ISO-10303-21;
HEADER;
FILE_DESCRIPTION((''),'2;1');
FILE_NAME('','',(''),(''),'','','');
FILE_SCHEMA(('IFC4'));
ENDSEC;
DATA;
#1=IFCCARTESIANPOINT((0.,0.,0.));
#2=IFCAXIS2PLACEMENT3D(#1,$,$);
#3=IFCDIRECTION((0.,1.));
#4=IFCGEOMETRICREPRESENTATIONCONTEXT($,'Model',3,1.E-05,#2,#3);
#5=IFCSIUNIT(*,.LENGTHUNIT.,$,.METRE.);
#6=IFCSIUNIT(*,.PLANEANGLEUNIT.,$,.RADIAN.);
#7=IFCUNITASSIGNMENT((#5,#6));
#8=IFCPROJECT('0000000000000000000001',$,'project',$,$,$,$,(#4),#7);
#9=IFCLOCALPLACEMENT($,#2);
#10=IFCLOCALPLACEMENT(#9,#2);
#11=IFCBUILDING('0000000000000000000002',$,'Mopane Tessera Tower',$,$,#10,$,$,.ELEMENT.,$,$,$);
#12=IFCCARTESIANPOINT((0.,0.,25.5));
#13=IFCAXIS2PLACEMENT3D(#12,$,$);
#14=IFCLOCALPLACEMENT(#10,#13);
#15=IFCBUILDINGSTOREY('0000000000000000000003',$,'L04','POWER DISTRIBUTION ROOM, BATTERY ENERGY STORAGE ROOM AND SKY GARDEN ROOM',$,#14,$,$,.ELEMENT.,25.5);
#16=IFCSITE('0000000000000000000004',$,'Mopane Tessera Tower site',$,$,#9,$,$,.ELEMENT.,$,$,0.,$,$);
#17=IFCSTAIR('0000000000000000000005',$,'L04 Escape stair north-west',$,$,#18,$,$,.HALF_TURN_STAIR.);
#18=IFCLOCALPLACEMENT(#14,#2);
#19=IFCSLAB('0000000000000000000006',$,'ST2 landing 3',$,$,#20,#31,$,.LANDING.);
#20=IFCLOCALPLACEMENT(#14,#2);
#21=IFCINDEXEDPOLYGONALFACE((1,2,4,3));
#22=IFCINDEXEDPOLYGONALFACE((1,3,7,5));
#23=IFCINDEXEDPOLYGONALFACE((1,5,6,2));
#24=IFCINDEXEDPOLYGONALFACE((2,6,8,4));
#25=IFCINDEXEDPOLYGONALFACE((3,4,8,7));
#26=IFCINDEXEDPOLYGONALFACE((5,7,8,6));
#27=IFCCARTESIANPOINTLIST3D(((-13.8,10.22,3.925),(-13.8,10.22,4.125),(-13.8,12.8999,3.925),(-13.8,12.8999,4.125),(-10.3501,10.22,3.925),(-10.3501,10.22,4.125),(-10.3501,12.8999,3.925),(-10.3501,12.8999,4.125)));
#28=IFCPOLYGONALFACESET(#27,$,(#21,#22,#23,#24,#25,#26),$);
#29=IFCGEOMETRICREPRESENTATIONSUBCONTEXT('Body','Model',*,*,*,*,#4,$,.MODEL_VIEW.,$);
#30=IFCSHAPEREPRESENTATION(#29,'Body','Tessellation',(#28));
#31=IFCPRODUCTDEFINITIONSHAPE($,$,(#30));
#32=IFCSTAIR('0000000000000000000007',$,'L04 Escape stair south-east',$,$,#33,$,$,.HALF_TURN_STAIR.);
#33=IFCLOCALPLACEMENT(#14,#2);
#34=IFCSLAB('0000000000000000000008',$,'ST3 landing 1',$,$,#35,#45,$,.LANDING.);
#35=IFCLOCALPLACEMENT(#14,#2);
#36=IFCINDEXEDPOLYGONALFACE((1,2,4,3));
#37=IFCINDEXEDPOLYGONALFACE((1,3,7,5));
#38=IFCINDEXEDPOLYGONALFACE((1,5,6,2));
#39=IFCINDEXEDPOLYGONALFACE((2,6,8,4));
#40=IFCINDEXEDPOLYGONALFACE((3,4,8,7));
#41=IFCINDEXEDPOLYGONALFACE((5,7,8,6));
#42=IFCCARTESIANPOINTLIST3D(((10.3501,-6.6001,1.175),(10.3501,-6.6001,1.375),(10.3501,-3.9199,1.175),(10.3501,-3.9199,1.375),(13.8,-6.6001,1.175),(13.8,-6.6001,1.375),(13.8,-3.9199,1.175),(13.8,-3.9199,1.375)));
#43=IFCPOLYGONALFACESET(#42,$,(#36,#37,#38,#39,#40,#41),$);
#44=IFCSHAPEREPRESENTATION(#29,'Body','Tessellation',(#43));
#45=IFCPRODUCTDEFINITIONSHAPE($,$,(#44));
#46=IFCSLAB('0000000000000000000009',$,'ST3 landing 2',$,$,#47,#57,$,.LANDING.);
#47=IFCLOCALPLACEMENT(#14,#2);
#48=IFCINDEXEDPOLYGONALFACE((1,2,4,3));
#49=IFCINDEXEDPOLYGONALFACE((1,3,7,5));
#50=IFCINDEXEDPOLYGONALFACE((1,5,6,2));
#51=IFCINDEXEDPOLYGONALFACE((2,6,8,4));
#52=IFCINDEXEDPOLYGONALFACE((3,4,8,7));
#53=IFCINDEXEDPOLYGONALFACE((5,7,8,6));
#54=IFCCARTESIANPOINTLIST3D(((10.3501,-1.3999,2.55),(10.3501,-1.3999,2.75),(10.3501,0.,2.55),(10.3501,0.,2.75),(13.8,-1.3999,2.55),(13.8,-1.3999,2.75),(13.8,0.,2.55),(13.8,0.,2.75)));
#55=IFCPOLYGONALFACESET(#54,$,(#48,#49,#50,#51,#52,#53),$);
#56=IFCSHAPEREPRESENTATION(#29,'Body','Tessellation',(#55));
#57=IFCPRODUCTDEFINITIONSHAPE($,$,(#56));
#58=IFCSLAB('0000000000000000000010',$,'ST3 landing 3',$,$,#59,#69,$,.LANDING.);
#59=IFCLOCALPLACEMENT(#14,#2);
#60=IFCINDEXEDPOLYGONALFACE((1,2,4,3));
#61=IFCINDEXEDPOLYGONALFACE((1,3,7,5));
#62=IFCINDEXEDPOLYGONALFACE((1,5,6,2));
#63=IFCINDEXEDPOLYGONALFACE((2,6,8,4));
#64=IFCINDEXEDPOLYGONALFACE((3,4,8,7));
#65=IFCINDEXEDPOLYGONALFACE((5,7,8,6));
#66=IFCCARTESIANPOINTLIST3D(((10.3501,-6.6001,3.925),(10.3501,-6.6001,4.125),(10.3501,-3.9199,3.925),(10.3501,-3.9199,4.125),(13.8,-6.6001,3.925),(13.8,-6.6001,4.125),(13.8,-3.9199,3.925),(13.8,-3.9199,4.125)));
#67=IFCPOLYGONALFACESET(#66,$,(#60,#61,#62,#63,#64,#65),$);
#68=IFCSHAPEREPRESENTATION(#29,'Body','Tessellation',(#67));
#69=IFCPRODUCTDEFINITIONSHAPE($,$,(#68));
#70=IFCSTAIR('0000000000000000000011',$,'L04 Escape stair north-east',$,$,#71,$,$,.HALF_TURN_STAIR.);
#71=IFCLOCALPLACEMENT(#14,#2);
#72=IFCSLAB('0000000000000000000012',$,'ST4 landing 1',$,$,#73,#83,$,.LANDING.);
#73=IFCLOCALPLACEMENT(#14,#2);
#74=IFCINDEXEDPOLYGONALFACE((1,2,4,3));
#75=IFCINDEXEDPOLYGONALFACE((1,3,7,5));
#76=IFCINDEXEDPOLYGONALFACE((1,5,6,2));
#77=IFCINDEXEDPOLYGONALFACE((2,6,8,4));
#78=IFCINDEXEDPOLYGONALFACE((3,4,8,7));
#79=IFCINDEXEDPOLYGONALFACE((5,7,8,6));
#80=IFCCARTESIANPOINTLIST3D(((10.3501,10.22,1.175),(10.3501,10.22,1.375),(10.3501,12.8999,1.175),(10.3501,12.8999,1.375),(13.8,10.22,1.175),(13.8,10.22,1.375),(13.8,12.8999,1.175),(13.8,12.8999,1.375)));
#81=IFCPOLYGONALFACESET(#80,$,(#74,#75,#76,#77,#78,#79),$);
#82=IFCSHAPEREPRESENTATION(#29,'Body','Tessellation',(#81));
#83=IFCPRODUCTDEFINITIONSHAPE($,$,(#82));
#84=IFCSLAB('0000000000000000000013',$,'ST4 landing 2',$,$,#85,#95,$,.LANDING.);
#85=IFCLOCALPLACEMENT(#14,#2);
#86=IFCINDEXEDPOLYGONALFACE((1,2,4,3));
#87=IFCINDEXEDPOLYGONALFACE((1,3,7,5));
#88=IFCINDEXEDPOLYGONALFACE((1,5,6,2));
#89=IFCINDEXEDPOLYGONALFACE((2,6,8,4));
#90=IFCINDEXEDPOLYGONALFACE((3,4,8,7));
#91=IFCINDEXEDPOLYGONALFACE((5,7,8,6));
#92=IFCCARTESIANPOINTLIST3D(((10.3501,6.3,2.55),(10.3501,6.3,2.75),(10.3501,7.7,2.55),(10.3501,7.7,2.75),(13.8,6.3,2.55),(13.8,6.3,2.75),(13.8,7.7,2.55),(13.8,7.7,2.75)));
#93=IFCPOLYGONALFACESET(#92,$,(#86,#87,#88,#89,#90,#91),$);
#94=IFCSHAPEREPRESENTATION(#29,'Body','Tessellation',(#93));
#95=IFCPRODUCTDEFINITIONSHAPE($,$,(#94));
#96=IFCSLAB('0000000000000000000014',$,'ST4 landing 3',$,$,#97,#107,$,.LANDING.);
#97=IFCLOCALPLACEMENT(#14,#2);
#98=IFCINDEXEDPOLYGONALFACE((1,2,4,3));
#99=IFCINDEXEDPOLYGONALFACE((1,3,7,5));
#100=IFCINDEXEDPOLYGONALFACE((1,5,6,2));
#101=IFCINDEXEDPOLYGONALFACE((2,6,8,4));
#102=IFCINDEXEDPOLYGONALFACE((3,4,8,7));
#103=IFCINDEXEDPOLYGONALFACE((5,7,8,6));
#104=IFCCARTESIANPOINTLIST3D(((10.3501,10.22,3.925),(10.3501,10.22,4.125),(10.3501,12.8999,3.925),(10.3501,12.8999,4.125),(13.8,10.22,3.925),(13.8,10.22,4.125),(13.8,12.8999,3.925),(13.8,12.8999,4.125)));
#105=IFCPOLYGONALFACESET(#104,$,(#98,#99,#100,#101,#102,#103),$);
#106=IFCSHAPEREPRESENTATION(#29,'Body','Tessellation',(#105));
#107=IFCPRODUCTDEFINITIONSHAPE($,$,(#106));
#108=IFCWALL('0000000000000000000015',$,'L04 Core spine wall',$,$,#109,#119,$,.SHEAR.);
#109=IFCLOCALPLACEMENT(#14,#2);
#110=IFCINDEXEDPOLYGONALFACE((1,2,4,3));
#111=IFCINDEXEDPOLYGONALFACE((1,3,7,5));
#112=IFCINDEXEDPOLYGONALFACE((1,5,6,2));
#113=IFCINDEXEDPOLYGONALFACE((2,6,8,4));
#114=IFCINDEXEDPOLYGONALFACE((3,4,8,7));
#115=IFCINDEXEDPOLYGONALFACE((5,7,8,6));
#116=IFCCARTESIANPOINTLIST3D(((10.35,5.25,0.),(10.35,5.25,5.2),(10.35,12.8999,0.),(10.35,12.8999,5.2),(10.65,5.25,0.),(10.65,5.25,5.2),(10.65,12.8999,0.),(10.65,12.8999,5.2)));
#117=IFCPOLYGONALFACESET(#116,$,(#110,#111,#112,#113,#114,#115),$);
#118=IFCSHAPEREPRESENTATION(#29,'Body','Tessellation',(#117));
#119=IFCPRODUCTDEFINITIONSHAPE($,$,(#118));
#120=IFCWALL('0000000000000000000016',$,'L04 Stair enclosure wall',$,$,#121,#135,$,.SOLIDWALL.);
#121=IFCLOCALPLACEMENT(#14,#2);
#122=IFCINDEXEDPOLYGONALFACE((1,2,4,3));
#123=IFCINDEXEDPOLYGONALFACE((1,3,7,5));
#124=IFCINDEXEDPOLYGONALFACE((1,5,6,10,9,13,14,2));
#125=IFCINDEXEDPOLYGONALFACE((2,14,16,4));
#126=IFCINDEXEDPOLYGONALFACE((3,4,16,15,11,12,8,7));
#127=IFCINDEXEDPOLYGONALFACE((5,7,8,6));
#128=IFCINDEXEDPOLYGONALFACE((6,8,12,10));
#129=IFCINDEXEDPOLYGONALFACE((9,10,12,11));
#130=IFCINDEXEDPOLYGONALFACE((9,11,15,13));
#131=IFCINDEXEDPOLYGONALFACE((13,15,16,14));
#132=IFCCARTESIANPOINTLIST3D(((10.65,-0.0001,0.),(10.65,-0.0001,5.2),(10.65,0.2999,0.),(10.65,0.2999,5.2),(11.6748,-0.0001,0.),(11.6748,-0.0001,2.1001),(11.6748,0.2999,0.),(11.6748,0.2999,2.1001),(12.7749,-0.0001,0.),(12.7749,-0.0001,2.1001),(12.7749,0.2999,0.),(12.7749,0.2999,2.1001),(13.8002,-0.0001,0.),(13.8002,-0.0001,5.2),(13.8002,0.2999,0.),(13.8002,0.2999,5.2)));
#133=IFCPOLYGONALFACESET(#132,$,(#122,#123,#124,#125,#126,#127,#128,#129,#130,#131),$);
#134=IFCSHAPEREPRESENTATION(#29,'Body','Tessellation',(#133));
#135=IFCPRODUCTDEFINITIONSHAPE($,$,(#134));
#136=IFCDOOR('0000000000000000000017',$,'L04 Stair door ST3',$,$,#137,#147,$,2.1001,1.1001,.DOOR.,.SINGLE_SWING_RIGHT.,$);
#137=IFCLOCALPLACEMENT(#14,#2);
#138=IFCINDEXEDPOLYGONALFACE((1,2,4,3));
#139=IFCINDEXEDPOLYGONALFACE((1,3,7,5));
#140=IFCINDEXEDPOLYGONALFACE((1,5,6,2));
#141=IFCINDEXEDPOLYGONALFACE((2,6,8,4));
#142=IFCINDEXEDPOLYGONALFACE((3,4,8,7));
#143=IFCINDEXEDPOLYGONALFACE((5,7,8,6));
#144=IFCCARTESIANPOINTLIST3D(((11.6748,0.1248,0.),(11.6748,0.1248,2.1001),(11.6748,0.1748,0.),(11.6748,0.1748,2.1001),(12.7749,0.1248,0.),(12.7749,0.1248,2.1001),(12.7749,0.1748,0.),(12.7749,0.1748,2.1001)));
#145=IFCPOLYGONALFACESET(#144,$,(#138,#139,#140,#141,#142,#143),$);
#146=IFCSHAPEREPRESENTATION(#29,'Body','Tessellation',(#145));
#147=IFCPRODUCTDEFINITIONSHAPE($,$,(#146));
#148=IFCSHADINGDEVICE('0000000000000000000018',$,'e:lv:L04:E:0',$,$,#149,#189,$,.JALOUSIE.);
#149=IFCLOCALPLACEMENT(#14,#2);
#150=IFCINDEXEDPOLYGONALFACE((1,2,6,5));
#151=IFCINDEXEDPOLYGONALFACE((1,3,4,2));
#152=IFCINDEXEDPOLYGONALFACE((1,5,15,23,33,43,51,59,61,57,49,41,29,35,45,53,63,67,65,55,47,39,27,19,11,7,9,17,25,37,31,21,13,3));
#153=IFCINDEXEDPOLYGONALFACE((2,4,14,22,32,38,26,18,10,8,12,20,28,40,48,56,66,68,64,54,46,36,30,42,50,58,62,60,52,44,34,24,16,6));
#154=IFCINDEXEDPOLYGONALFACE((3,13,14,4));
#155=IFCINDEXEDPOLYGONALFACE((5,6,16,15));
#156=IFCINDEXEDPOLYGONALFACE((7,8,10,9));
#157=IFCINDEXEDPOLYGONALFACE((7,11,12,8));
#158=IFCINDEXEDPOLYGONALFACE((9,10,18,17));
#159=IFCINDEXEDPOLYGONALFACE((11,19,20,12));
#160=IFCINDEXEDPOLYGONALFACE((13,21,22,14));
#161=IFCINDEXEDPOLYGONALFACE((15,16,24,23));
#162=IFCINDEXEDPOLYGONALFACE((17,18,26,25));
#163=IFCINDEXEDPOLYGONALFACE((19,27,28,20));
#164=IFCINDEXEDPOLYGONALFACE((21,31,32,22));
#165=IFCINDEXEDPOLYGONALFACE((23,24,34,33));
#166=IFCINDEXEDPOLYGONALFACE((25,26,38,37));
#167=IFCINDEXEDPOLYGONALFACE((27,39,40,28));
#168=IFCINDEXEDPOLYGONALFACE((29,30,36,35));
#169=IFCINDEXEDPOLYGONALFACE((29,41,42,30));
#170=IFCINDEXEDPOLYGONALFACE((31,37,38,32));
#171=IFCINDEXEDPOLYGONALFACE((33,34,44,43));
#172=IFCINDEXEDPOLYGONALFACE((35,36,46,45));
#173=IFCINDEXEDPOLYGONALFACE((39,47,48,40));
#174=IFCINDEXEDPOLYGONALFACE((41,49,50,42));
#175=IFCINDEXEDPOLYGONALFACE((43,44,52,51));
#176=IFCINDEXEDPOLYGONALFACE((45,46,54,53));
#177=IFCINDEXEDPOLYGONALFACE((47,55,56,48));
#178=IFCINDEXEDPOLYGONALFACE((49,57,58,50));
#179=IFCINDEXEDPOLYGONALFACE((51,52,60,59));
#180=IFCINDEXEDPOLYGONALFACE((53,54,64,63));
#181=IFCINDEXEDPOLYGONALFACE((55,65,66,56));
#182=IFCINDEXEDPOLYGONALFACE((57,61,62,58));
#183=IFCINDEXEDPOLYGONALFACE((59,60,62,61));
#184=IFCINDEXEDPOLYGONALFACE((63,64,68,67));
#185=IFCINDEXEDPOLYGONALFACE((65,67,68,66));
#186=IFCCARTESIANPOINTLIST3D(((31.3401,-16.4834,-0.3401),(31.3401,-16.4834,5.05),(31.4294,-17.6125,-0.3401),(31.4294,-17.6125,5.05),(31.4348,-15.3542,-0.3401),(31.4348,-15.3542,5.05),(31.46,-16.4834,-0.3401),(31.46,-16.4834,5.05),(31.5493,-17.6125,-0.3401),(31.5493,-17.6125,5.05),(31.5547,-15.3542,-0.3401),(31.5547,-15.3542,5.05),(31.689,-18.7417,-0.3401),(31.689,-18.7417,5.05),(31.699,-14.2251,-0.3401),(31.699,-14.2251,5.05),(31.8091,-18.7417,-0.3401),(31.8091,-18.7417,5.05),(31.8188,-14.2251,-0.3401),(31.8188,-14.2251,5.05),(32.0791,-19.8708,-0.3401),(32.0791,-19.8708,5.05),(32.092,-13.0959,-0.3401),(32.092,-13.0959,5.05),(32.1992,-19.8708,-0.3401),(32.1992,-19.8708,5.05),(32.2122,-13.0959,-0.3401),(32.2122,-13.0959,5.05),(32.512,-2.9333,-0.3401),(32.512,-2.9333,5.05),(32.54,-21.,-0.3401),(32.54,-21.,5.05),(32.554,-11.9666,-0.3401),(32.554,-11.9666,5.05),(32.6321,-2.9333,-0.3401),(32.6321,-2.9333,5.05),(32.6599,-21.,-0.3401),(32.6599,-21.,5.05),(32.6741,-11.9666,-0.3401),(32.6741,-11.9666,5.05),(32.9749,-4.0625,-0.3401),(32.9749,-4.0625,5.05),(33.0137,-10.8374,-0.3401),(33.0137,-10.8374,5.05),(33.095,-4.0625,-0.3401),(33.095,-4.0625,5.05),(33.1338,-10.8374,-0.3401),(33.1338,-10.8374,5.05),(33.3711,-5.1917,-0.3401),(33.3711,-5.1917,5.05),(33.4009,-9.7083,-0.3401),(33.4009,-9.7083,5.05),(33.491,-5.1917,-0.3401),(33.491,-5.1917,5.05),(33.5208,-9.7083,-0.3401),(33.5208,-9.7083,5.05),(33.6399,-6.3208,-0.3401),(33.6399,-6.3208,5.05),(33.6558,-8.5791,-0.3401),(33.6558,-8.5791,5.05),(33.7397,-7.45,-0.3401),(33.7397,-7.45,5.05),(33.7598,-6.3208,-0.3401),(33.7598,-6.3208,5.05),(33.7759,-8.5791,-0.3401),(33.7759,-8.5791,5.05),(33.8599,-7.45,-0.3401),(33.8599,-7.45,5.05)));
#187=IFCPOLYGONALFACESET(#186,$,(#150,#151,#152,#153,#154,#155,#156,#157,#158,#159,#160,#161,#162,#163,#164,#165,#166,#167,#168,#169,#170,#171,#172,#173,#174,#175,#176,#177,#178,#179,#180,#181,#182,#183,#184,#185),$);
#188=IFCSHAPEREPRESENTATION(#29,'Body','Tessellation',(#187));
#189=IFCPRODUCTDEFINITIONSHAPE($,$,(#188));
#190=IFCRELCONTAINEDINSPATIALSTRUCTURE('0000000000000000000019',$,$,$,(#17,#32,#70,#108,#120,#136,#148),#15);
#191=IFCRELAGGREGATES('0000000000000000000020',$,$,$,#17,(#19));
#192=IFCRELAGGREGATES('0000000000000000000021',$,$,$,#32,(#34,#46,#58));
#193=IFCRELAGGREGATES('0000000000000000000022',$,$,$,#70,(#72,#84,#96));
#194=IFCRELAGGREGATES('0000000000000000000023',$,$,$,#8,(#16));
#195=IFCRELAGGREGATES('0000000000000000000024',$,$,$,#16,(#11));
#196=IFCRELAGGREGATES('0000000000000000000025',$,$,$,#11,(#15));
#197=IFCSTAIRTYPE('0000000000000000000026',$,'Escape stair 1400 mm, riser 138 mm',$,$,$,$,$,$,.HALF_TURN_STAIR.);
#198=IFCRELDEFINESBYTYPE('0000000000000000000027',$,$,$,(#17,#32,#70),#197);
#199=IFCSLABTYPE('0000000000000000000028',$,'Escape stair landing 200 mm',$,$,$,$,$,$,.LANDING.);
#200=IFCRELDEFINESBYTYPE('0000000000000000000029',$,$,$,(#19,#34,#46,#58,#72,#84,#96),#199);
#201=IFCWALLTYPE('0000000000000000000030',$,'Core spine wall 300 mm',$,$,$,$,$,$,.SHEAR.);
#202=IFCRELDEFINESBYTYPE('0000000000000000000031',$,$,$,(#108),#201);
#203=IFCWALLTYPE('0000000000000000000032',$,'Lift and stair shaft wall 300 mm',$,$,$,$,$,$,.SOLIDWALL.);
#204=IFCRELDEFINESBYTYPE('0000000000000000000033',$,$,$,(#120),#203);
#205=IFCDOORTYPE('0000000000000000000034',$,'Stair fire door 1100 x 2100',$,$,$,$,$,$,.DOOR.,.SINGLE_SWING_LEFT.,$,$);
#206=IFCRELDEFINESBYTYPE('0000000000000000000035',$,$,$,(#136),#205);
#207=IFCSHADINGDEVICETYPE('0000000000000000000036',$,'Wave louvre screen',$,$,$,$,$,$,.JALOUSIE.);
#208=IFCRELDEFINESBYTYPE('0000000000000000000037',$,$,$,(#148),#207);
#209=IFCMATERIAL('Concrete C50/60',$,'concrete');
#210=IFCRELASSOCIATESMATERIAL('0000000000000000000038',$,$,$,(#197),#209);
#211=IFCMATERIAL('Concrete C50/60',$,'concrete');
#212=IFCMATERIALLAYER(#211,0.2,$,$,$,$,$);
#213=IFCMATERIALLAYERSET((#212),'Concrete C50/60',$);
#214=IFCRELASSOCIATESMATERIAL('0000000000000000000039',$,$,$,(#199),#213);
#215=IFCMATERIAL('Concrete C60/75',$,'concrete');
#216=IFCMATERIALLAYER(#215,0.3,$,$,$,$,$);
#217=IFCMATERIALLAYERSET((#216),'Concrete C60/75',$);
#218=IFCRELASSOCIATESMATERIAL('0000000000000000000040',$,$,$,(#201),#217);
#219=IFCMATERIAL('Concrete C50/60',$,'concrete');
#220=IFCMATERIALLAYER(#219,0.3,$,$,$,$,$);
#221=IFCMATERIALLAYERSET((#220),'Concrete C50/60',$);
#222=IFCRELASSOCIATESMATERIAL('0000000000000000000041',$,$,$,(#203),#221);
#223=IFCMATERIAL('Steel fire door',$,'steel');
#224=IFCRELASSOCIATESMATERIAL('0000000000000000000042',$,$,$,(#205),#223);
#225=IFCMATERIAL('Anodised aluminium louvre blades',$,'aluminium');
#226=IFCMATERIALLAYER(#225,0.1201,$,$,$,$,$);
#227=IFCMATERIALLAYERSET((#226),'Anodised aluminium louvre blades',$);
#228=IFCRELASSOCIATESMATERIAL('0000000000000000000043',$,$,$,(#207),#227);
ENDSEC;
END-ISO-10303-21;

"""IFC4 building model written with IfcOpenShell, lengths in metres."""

from ifc_helpers import new_model, si_unit, direction, frame, frame_2d, origin, place, context, subcontext, project, spatial, polyline, rectangle, outline, extrude, material, layer, layer_set, type_object, element, fill, aggregate, save


model = new_model("IFC4")

# Units and contexts
model_context = context("Model", 3, precision=1e-05, world=origin(), true_north=direction((0.0, 1.0)))
body_context = subcontext(model_context, "Body", "Model", "MODEL_VIEW")
ifc_project = project(units=[si_unit("LENGTHUNIT", "METRE"), si_unit("PLANEANGLEUNIT", "RADIAN")], contexts=[model_context])

# Site, building, storey
site_placement = place(None, origin())
site = spatial("IfcSite", under=ifc_project, at=site_placement, Name="Mopane Tessera Tower site", CompositionType="ELEMENT", RefElevation=0.0)
building_placement = place(site_placement, origin())
building = spatial("IfcBuilding", under=site, at=building_placement, Name="Mopane Tessera Tower", CompositionType="ELEMENT")
storey_placement = place(building_placement, frame((0.0, 0.0, 25.5)))
storey = spatial("IfcBuildingStorey", under=building, at=storey_placement, Name="L04", Description="POWER DISTRIBUTION ROOM, BATTERY ENERGY STORAGE ROOM AND SKY GARDEN ROOM", CompositionType="ELEMENT", Elevation=25.5)

# Stairs, slabs
ifc_material_1 = material(Name="Concrete C50/60", Category="concrete")
stair_type = type_object("IfcStairType", Name="Escape stair 1400 mm, riser 138 mm", PredefinedType="HALF_TURN_STAIR", material=ifc_material_1)
ifc_material_2 = material(Name="Concrete C50/60", Category="concrete")
ifc_layer_1 = layer(ifc_material_2, 0.2)
ifc_layer_set_1 = layer_set([ifc_layer_1], Name="Concrete C50/60")
slab_type_1 = type_object("IfcSlabType", Name="Escape stair landing 200 mm", PredefinedType="LANDING", material=ifc_layer_set_1)
stair_1_placement = place(storey_placement, origin())
stair_1 = element("IfcStair", 1, at=stair_1_placement, inside=storey, type_object=stair_type, Name="L04 Escape stair north-west", PredefinedType="HALF_TURN_STAIR")
slab_1_placement = place(storey_placement, frame((0.0, 0.0, 3.925)))
slab_1 = element("IfcSlab", 2, at=slab_1_placement, type_object=slab_type_1, Name="ST2 landing 3", PredefinedType="LANDING", context=body_context, shape_type="SweptSolid", body=[
    extrude(outline(polyline([(-10.3501, 10.22), (-10.3501, 12.8999), (-13.8, 12.8999), (-13.8, 10.22), (-10.3501, 10.22)])), origin(), (0.0, 0.0, 1.0), 0.2),
])
aggregate(stair_1, [slab_1])
stair_2_placement = place(storey_placement, origin())
stair_2 = element("IfcStair", 3, at=stair_2_placement, inside=storey, type_object=stair_type, Name="L04 Escape stair south-east", PredefinedType="HALF_TURN_STAIR")
slab_2_placement = place(storey_placement, frame((0.0, 0.0, 1.175)))
slab_2 = element("IfcSlab", 4, at=slab_2_placement, type_object=slab_type_1, Name="ST3 landing 1", PredefinedType="LANDING", context=body_context, shape_type="SweptSolid", body=[
    extrude(outline(polyline([(10.3501, -3.9199), (10.3501, -6.6001), (13.8, -6.6001), (13.8, -3.9199), (10.3501, -3.9199)])), origin(), (0.0, 0.0, 1.0), 0.2),
])
slab_3_placement = place(storey_placement, frame((0.0, 0.0, 2.55)))
slab_3 = element("IfcSlab", 5, at=slab_3_placement, type_object=slab_type_1, Name="ST3 landing 2", PredefinedType="LANDING", context=body_context, shape_type="SweptSolid", body=[
    extrude(outline(polyline([(10.3501, 0.0), (10.3501, -1.3999), (13.8, -1.3999), (13.8, 0.0), (10.3501, 0.0)])), origin(), (0.0, 0.0, 1.0), 0.2),
])
slab_4_placement = place(storey_placement, frame((0.0, 0.0, 3.925)))
slab_4 = element("IfcSlab", 6, at=slab_4_placement, type_object=slab_type_1, Name="ST3 landing 3", PredefinedType="LANDING", context=body_context, shape_type="SweptSolid", body=[
    extrude(outline(polyline([(10.3501, -3.9199), (10.3501, -6.6001), (13.8, -6.6001), (13.8, -3.9199), (10.3501, -3.9199)])), origin(), (0.0, 0.0, 1.0), 0.2),
])
aggregate(stair_2, [slab_2, slab_3, slab_4])
stair_3_placement = place(storey_placement, origin())
stair_3 = element("IfcStair", 7, at=stair_3_placement, inside=storey, type_object=stair_type, Name="L04 Escape stair north-east", PredefinedType="HALF_TURN_STAIR")
slab_5_placement = place(storey_placement, frame((0.0, 0.0, 1.175)))
slab_5 = element("IfcSlab", 8, at=slab_5_placement, type_object=slab_type_1, Name="ST4 landing 1", PredefinedType="LANDING", context=body_context, shape_type="SweptSolid", body=[
    extrude(outline(polyline([(13.8, 10.22), (13.8, 12.8999), (10.3501, 12.8999), (10.3501, 10.22), (13.8, 10.22)])), origin(), (0.0, 0.0, 1.0), 0.2),
])
slab_6_placement = place(storey_placement, frame((0.0, 0.0, 2.55)))
slab_6 = element("IfcSlab", 9, at=slab_6_placement, type_object=slab_type_1, Name="ST4 landing 2", PredefinedType="LANDING", context=body_context, shape_type="SweptSolid", body=[
    extrude(outline(polyline([(13.8, 6.3), (13.8, 7.7), (10.3501, 7.7), (10.3501, 6.3), (13.8, 6.3)])), origin(), (0.0, 0.0, 1.0), 0.2),
])
slab_7_placement = place(storey_placement, frame((0.0, 0.0, 3.925)))
slab_7 = element("IfcSlab", 10, at=slab_7_placement, type_object=slab_type_1, Name="ST4 landing 3", PredefinedType="LANDING", context=body_context, shape_type="SweptSolid", body=[
    extrude(outline(polyline([(13.8, 10.22), (13.8, 12.8999), (10.3501, 12.8999), (10.3501, 10.22), (13.8, 10.22)])), origin(), (0.0, 0.0, 1.0), 0.2),
])
aggregate(stair_3, [slab_5, slab_6, slab_7])

# Wall
ifc_material_3 = material(Name="Concrete C60/75", Category="concrete")
ifc_layer_2 = layer(ifc_material_3, 0.3)
ifc_layer_set_2 = layer_set([ifc_layer_2], Name="Concrete C60/75")
wall_type_1 = type_object("IfcWallType", Name="Core spine wall 300 mm", PredefinedType="SHEAR", material=ifc_layer_set_2)
wall_1_placement = place(storey_placement, frame((10.5, 5.25, 0.0), z_axis=(0.0, 0.0, 1.0), x_axis=(0.0, 1.0, 0.0)))
element("IfcWall", 11, at=wall_1_placement, inside=storey, type_object=wall_type_1, Name="L04 Core spine wall", PredefinedType="SHEAR", context=body_context, shape_type="SweptSolid", body=[
    extrude(rectangle(XDim=7.6499, YDim=0.3, at=frame_2d((3.825, 0.0))), origin(), (0.0, 0.0, 1.0), 5.2),
])

# Wall, opening, door
ifc_material_4 = material(Name="Concrete C50/60", Category="concrete")
ifc_layer_3 = layer(ifc_material_4, 0.3)
ifc_layer_set_3 = layer_set([ifc_layer_3], Name="Concrete C50/60")
wall_type_2 = type_object("IfcWallType", Name="Lift and stair shaft wall 300 mm", PredefinedType="SOLIDWALL", material=ifc_layer_set_3)
wall_2_placement = place(storey_placement, frame((10.6499, 0.1499, 0.0), z_axis=(0.0, 0.0, 1.0), x_axis=(1.0, 0.0, 0.0)))
wall_2 = element("IfcWall", 12, at=wall_2_placement, inside=storey, type_object=wall_type_2, Name="L04 Stair enclosure wall", PredefinedType="SOLIDWALL", context=body_context, shape_type="SweptSolid", body=[
    extrude(rectangle(XDim=3.1501, YDim=0.3, at=frame_2d((1.5752, 0.0))), origin(), (0.0, 0.0, 1.0), 5.2),
])
opening_placement = place(wall_2_placement, frame((1.0249, 0.0, 0.0)))
opening = element("IfcOpeningElement", 13, at=opening_placement, cuts=wall_2, PredefinedType="OPENING", context=body_context, shape_type="SweptSolid", body=[
    extrude(rectangle(XDim=1.1001, YDim=2.1001, at=frame_2d((0.55, 1.05))), frame((0.0, 0.1621, 0.0), z_axis=(0.0, -1.0, 0.0), x_axis=(1.0, 0.0, 0.0)), (0.0, 0.0, 1.0), 0.324),
])
ifc_material_5 = material(Name="Steel fire door", Category="steel")
door_type = type_object("IfcDoorType", Name="Stair fire door 1100 x 2100", OperationType="SINGLE_SWING_LEFT", PredefinedType="DOOR", material=ifc_material_5)
door_placement = place(opening_placement, origin())
door = element("IfcDoor", 14, at=door_placement, inside=storey, type_object=door_type, Name="L04 Stair door ST3", OperationType="SINGLE_SWING_RIGHT", OverallHeight=2.1001, OverallWidth=1.1001, PredefinedType="DOOR", context=body_context, shape_type="SweptSolid", body=[
    extrude(rectangle(XDim=1.1001, YDim=2.1001, at=frame_2d((0.55, 1.05))), frame((0.0, 0.0249, 0.0), z_axis=(0.0, -1.0, 0.0), x_axis=(1.0, 0.0, 0.0)), (0.0, 0.0, 1.0), 0.05),
])
fill(opening, door)

# Shading device
ifc_material_6 = material(Name="Anodised aluminium louvre blades", Category="aluminium")
ifc_layer_4 = layer(ifc_material_6, 0.1201)
ifc_layer_set_4 = layer_set([ifc_layer_4], Name="Anodised aluminium louvre blades")
shading_device_type = type_object("IfcShadingDeviceType", Name="Wave louvre screen", PredefinedType="JALOUSIE", material=ifc_layer_set_4)
shading_device_1_placement = place(storey_placement, frame((0.0, 0.0, -0.3401)))
element("IfcShadingDevice", 15, at=shading_device_1_placement, inside=storey, type_object=shading_device_type, Name="e:lv:L04:E:0", PredefinedType="JALOUSIE", context=body_context, shape_type="SweptSolid", body=[
    extrude(outline(polyline([(32.54, -21.0), (32.0791, -19.8708), (31.689, -18.7417), (31.4294, -17.6125), (31.3401, -16.4834), (31.4348, -15.3542), (31.699, -14.2251), (32.092, -13.0959), (32.554, -11.9666), (33.0137, -10.8374), (33.4009, -9.7083), (33.6558, -8.5791), (33.7397, -7.45), (33.6399, -6.3208), (33.3711, -5.1917), (32.9749, -4.0625), (32.512, -2.9333), (32.6321, -2.9333), (33.095, -4.0625), (33.491, -5.1917), (33.7598, -6.3208), (33.8599, -7.45), (33.7759, -8.5791), (33.5208, -9.7083), (33.1338, -10.8374), (32.6741, -11.9666), (32.2122, -13.0959), (31.8188, -14.2251), (31.5547, -15.3542), (31.46, -16.4834), (31.5493, -17.6125), (31.8091, -18.7417), (32.1992, -19.8708), (32.6599, -21.0), (32.54, -21.0)])), origin(), (0.0, 0.0, 1.0), 5.3901),
])

save(model, "model.ifc")
